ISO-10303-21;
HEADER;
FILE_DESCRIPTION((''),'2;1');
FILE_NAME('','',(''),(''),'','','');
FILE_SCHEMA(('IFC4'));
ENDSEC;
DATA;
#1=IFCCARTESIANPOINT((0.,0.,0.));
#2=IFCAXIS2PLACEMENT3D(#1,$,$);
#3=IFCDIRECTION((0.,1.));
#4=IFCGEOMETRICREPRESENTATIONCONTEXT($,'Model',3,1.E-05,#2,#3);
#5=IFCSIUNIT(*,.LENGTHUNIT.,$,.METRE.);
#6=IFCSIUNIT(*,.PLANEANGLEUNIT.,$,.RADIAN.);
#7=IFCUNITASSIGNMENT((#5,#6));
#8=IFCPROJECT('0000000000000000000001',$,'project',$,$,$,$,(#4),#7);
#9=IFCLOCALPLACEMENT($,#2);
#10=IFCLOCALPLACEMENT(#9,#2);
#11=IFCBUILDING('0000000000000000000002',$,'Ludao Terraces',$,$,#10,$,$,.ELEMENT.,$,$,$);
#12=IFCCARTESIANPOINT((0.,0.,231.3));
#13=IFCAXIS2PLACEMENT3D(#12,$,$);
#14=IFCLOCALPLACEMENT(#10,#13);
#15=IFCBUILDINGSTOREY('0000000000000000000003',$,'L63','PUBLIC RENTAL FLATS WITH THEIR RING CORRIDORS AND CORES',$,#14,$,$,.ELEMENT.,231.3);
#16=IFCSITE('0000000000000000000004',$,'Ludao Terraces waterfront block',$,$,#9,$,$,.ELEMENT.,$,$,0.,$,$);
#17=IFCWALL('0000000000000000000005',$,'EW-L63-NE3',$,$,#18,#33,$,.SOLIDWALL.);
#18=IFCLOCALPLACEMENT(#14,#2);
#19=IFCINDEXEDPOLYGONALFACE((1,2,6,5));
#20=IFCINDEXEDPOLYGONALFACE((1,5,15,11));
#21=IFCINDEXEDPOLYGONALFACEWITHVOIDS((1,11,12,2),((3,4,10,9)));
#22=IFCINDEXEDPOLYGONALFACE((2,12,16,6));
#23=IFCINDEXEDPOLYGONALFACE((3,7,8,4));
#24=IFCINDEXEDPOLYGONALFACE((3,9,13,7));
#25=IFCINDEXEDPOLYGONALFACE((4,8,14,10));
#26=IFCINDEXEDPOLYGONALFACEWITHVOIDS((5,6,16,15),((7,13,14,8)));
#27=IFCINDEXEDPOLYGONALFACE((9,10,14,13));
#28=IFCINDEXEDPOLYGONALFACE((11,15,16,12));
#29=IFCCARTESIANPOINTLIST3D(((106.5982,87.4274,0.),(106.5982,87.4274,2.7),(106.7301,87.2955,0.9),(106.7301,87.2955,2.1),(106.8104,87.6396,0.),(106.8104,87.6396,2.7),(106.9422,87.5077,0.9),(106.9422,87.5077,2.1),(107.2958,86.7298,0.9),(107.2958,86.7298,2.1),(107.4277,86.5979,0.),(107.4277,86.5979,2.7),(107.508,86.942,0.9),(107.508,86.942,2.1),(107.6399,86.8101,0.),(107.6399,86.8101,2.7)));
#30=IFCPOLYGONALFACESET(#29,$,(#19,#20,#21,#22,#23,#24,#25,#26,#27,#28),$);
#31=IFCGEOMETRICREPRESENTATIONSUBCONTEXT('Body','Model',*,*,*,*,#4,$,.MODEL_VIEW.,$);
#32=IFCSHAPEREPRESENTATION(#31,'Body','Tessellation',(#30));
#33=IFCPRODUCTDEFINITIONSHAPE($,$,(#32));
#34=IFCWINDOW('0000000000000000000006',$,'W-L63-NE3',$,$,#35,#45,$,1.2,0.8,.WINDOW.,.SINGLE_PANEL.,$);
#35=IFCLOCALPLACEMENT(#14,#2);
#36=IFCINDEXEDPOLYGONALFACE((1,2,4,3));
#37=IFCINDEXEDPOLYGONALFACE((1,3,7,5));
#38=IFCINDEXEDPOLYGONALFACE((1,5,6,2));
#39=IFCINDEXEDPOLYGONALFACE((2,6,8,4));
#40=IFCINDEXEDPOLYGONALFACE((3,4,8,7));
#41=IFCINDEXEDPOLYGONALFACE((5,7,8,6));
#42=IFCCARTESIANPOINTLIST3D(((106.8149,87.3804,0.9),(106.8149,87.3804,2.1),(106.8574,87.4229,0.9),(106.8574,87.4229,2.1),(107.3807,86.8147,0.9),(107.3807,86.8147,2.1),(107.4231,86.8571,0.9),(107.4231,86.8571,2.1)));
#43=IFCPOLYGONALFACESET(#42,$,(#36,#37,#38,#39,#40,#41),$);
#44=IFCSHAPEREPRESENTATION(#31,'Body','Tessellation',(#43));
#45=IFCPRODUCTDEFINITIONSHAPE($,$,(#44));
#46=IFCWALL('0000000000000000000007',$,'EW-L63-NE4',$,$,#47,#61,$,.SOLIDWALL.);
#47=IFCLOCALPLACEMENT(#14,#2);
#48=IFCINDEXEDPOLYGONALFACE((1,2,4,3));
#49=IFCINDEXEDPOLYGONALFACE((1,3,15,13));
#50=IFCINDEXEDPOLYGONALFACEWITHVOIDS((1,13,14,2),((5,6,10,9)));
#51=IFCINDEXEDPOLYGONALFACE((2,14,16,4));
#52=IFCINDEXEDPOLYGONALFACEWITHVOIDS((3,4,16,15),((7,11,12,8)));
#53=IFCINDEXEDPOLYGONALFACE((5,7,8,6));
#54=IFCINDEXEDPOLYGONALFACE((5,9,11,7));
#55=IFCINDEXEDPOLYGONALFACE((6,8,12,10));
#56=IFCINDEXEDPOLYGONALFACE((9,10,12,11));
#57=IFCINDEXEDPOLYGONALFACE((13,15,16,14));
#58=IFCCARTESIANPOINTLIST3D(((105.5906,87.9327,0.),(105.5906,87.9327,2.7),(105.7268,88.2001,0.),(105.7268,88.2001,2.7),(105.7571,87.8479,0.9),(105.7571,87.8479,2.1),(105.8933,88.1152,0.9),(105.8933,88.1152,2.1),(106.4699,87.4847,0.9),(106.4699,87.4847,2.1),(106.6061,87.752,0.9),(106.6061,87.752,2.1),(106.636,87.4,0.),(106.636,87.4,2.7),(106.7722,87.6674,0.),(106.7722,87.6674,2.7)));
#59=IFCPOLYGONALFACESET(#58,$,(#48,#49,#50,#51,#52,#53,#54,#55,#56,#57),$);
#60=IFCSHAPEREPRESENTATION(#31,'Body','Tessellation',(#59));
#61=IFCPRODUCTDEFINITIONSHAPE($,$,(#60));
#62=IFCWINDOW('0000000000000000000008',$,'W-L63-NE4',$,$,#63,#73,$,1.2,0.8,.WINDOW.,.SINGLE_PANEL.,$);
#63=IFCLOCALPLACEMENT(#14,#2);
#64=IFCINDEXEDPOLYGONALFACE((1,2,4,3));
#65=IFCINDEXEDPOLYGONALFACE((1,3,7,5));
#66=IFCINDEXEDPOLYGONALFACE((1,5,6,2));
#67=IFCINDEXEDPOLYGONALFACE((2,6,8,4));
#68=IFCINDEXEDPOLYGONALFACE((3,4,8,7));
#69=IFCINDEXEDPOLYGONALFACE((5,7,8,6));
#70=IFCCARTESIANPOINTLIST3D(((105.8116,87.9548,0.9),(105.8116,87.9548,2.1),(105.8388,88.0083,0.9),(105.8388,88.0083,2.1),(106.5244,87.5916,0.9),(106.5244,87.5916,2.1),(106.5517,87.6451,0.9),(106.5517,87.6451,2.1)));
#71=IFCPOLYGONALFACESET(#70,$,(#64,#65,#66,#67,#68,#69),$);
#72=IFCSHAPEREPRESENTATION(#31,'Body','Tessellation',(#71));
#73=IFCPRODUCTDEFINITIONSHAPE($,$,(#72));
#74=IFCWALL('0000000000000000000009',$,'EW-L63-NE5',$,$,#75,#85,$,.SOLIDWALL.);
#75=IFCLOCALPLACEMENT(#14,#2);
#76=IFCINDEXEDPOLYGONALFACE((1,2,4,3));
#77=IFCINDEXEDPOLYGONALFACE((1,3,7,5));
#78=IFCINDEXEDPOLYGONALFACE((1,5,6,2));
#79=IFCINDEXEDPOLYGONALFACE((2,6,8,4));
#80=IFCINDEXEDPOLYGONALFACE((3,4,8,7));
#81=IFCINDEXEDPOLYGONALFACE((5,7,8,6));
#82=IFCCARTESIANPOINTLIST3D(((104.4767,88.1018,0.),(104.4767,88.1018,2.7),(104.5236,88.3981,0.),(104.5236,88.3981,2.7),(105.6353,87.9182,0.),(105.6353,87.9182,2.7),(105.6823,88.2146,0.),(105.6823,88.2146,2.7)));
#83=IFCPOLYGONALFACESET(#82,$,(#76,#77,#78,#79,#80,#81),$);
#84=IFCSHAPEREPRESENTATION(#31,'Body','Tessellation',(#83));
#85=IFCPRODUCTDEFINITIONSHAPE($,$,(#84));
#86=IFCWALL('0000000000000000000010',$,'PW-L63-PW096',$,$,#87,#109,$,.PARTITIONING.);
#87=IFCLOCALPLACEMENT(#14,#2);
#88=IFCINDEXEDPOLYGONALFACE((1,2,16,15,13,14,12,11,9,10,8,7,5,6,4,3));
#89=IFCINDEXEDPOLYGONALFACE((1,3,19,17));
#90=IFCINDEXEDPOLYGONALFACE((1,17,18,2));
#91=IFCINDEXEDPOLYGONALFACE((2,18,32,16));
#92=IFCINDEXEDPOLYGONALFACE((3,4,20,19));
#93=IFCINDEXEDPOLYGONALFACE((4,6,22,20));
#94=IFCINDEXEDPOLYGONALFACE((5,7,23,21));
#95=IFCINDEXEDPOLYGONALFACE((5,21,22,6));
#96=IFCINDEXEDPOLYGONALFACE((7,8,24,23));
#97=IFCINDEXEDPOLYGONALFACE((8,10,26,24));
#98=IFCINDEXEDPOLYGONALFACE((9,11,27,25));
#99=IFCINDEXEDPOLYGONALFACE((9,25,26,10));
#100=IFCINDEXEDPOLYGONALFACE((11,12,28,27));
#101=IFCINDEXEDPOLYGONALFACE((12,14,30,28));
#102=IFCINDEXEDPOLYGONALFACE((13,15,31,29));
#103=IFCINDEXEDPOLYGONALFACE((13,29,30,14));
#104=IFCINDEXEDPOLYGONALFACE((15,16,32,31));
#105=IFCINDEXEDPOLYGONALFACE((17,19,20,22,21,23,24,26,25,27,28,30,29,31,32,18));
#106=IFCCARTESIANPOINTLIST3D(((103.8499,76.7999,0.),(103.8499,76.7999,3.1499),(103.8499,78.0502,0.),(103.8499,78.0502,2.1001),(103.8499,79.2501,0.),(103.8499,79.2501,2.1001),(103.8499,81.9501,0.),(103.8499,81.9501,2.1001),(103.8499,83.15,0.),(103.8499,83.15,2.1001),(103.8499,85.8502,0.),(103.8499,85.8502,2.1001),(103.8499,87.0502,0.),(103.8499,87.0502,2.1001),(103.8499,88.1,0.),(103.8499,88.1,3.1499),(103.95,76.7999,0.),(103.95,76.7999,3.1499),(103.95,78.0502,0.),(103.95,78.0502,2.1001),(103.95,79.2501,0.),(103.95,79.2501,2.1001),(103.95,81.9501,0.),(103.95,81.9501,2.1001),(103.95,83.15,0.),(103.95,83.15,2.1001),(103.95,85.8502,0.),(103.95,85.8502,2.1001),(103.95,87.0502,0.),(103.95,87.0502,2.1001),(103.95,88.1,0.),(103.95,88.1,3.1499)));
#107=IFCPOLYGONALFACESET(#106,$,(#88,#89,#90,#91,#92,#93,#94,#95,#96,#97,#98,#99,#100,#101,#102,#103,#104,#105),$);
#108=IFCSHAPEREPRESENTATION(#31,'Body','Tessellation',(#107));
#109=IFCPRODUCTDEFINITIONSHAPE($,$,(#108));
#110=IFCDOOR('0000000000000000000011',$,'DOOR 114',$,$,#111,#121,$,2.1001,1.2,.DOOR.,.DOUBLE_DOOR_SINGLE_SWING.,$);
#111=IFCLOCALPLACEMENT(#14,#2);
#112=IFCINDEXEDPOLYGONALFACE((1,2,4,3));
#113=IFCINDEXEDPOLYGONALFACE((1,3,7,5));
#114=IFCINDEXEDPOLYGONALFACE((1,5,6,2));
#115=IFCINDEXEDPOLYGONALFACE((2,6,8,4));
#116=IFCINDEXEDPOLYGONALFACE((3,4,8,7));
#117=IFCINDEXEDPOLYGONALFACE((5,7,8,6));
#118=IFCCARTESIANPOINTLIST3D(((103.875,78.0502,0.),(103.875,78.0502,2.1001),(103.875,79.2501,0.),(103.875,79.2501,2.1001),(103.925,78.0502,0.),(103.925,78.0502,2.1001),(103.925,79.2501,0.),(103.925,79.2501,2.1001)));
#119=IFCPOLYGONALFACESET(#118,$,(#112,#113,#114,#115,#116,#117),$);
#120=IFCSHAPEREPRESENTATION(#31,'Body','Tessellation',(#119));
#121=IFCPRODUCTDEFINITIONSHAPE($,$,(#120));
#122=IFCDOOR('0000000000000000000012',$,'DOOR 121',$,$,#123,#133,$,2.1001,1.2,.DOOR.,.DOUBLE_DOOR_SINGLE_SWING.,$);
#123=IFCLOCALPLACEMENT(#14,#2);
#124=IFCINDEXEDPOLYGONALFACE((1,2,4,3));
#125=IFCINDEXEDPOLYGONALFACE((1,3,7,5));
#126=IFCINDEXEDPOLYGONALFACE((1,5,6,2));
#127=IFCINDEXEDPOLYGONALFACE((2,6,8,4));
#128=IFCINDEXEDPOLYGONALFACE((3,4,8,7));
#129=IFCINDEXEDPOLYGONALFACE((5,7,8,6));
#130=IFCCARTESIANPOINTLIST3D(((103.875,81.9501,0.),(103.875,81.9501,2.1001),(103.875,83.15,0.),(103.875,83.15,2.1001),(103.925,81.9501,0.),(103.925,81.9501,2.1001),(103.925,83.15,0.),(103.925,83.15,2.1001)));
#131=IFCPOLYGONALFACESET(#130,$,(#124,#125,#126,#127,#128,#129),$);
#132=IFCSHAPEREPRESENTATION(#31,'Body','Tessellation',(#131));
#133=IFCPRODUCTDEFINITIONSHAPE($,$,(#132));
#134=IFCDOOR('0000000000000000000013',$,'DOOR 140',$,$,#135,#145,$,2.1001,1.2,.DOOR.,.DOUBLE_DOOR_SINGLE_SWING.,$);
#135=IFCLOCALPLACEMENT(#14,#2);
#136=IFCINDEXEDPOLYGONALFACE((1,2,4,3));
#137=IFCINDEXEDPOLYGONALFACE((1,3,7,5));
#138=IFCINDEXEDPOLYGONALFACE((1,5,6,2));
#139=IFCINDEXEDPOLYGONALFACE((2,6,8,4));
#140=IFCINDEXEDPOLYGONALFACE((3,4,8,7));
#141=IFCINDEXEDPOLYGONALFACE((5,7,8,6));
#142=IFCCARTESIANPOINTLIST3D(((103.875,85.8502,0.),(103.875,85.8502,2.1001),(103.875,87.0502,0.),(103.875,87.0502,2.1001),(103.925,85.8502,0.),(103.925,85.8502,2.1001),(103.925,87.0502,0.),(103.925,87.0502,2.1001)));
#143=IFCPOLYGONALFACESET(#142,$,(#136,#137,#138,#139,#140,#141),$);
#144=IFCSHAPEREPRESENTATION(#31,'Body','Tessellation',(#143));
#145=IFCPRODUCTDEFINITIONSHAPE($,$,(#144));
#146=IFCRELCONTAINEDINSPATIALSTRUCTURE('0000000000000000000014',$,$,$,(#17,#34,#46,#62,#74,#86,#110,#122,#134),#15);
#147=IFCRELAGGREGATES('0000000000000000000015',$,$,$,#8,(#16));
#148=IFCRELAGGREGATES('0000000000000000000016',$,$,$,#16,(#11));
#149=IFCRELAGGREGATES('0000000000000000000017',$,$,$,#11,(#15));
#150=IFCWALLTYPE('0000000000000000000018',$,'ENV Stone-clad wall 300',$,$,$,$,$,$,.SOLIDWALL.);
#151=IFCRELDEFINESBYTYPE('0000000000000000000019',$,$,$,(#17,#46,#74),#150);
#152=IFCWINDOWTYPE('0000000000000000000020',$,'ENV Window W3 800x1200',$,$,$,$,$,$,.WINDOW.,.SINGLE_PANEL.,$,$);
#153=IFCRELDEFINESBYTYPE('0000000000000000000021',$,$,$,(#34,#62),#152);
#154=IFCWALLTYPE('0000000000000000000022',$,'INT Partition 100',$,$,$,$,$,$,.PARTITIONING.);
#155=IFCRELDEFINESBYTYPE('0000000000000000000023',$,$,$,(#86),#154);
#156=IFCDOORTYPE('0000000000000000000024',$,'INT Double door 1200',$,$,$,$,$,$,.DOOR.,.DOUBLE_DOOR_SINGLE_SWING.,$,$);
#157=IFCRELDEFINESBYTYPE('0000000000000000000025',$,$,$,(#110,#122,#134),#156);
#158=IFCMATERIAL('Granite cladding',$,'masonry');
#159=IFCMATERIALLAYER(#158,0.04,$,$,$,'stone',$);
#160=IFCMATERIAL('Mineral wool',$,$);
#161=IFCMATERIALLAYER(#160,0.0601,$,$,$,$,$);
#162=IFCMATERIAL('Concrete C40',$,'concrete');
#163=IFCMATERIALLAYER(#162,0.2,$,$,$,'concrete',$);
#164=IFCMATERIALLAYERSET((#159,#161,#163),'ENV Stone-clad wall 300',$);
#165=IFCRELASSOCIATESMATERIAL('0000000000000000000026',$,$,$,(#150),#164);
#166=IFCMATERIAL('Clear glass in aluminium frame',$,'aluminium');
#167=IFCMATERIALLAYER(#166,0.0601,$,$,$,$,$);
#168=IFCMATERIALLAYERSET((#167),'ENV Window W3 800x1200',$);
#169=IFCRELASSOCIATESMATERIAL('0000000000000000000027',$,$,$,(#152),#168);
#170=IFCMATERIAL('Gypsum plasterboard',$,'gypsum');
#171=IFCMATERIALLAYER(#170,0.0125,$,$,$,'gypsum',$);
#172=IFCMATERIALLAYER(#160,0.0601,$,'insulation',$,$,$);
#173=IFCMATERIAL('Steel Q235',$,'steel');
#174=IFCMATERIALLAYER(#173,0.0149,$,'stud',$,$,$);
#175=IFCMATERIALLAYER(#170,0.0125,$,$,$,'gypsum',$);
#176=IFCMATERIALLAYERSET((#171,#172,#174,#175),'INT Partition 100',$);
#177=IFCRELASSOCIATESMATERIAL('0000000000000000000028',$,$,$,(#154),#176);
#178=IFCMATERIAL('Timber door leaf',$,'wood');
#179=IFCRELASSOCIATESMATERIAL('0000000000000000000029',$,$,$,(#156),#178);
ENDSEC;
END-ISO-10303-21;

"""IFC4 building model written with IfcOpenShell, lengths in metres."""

from ifc_helpers import new_model, si_unit, direction, frame, frame_2d, origin, place, context, subcontext, project, spatial, rectangle, extrude, material, layer, layer_set, type_object, element, fill, save


model = new_model("IFC4")

# Units and contexts
model_context = context("Model", 3, precision=1e-05, world=origin(), true_north=direction((0.0, 1.0)))
body_context = subcontext(model_context, "Body", "Model", "MODEL_VIEW")
ifc_project = project(units=[si_unit("LENGTHUNIT", "METRE"), si_unit("PLANEANGLEUNIT", "RADIAN")], contexts=[model_context])

# Site, building, storey
site_placement = place(None, origin())
site = spatial("IfcSite", under=ifc_project, at=site_placement, Name="Ludao Terraces waterfront block", CompositionType="ELEMENT", RefElevation=0.0)
building_placement = place(site_placement, origin())
building = spatial("IfcBuilding", under=site, at=building_placement, Name="Ludao Terraces", CompositionType="ELEMENT")
storey_placement = place(building_placement, frame((0.0, 0.0, 231.3)))
storey = spatial("IfcBuildingStorey", under=building, at=storey_placement, Name="L63", Description="PUBLIC RENTAL FLATS WITH THEIR RING CORRIDORS AND CORES", CompositionType="ELEMENT", Elevation=231.3)

# Shared definitions
ifc_material_1 = material(Name="Concrete C40", Category="concrete")

# Shared definitions
ifc_material_2 = material(Name="Granite cladding", Category="masonry")
ifc_layer_1 = layer(ifc_material_2, 0.04, Category="stone")
ifc_material_3 = material(Name="Mineral wool")
ifc_layer_2 = layer(ifc_material_3, 0.0601)
ifc_layer_3 = layer(ifc_material_1, 0.2, Category="concrete")
ifc_layer_set_1 = layer_set([ifc_layer_1, ifc_layer_2, ifc_layer_3], Name="ENV Stone-clad wall 300")
wall_type_1 = type_object("IfcWallType", Name="ENV Stone-clad wall 300", PredefinedType="SOLIDWALL", material=ifc_layer_set_1)
ifc_material_4 = material(Name="Clear glass in aluminium frame", Category="aluminium")

# Walls, openings, windows
ifc_layer_4 = layer(ifc_material_4, 0.0601)
ifc_layer_set_2 = layer_set([ifc_layer_4], Name="ENV Window W3 800x1200")
window_type_1 = type_object("IfcWindowType", Name="ENV Window W3 800x1200", PartitioningType="SINGLE_PANEL", PredefinedType="WINDOW", material=ifc_layer_set_2)
wall_1_placement = place(storey_placement, frame((107.5337, 86.7041, 0.0), z_axis=(0.0, 0.0, 1.0), x_axis=(-0.707107, 0.707107, 0.0)))
wall_1 = element("IfcWall", 1, at=wall_1_placement, inside=storey, type_object=wall_type_1, Name="EW-L63-NE3", PredefinedType="SOLIDWALL", context=body_context, shape_type="SweptSolid", body=[
    extrude(rectangle(XDim=1.1731, YDim=0.3, at=frame_2d((0.5864, 0.0))), origin(), (0.0, 0.0, 1.0), 2.7),
])
opening_1_placement = place(wall_1_placement, frame((0.1865, 0.0, 0.8999)))
opening_1 = element("IfcOpeningElement", 2, at=opening_1_placement, cuts=wall_1, PredefinedType="OPENING", context=body_context, shape_type="SweptSolid", body=[
    extrude(rectangle(XDim=0.8, YDim=1.2, at=frame_2d((0.3999, 0.6001))), frame((0.0, 0.1602, 0.0), z_axis=(0.0, -1.0, 0.0), x_axis=(1.0, 0.0, 0.0)), (0.0, 0.0, 1.0), 0.3201),
])
window_1_placement = place(opening_1_placement, origin())
window_1 = element("IfcWindow", 3, at=window_1_placement, inside=storey, type_object=window_type_1, Name="W-L63-NE3", OverallHeight=1.2, OverallWidth=0.8, PartitioningType="SINGLE_PANEL", PredefinedType="WINDOW", context=body_context, shape_type="SweptSolid", body=[
    extrude(rectangle(XDim=0.8, YDim=1.2, at=frame_2d((0.3999, 0.6001))), frame((0.0, 0.03, 0.0), z_axis=(0.0, -1.0, 0.0), x_axis=(1.0, 0.0, 0.0)), (0.0, 0.0, 1.0), 0.0601),
])
fill(opening_1, window_1)
wall_2_placement = place(storey_placement, frame((106.7041, 87.5337, 0.0), z_axis=(0.0, 0.0, 1.0), x_axis=(-0.890989, 0.454026, 0.0)))
wall_2 = element("IfcWall", 4, at=wall_2_placement, inside=storey, type_object=wall_type_1, Name="EW-L63-NE4", PredefinedType="SOLIDWALL", context=body_context, shape_type="SweptSolid", body=[
    extrude(rectangle(XDim=1.1733, YDim=0.3, at=frame_2d((0.5867, 0.0))), origin(), (0.0, 0.0, 1.0), 2.7),
])
opening_2_placement = place(wall_2_placement, frame((0.1865, 0.0, 0.8999)))
opening_2 = element("IfcOpeningElement", 5, at=opening_2_placement, cuts=wall_2, PredefinedType="OPENING", context=body_context, shape_type="SweptSolid", body=[
    extrude(rectangle(XDim=0.8, YDim=1.2, at=frame_2d((0.3999, 0.6001))), frame((0.0, 0.1602, 0.0), z_axis=(0.0, -1.0, 0.0), x_axis=(1.0, 0.0, 0.0)), (0.0, 0.0, 1.0), 0.3201),
])
window_2_placement = place(opening_2_placement, origin())
window_2 = element("IfcWindow", 6, at=window_2_placement, inside=storey, type_object=window_type_1, Name="W-L63-NE4", OverallHeight=1.2, OverallWidth=0.8, PartitioningType="SINGLE_PANEL", PredefinedType="WINDOW", context=body_context, shape_type="SweptSolid", body=[
    extrude(rectangle(XDim=0.8, YDim=1.2, at=frame_2d((0.3999, 0.6001))), frame((0.0, 0.03, 0.0), z_axis=(0.0, -1.0, 0.0), x_axis=(1.0, 0.0, 0.0)), (0.0, 0.0, 1.0), 0.0601),
])
fill(opening_2, window_2)

# Wall
wall_3_placement = place(storey_placement, frame((105.6587, 88.0664, 0.0), z_axis=(0.0, 0.0, 1.0), x_axis=(-0.987678, 0.156497, 0.0)))
element("IfcWall", 7, at=wall_3_placement, inside=storey, type_object=wall_type_1, Name="EW-L63-NE5", PredefinedType="SOLIDWALL", context=body_context, shape_type="SweptSolid", body=[
    extrude(rectangle(XDim=1.1731, YDim=0.3, at=frame_2d((0.5864, 0.0))), origin(), (0.0, 0.0, 1.0), 2.7),
])

# Wall, openings, doors
ifc_material_5 = material(Name="Gypsum plasterboard", Category="gypsum")
ifc_layer_5 = layer(ifc_material_5, 0.0125, Category="gypsum")
ifc_layer_6 = layer(ifc_material_3, 0.0601, Name="insulation")
ifc_material_6 = material(Name="Steel Q235", Category="steel")
ifc_layer_7 = layer(ifc_material_6, 0.0149, Name="stud")
ifc_layer_8 = layer(ifc_material_5, 0.0125, Category="gypsum")
ifc_layer_set_3 = layer_set([ifc_layer_5, ifc_layer_6, ifc_layer_7, ifc_layer_8], Name="INT Partition 100")
wall_type_2 = type_object("IfcWallType", Name="INT Partition 100", PredefinedType="PARTITIONING", material=ifc_layer_set_3)
wall_4_placement = place(storey_placement, frame((103.8999, 76.8, 0.0), z_axis=(0.0, 0.0, 1.0), x_axis=(0.0, 1.0, 0.0)))
wall_4 = element("IfcWall", 8, at=wall_4_placement, inside=storey, type_object=wall_type_2, Name="PW-L63-PW096", PredefinedType="PARTITIONING", context=body_context, shape_type="SweptSolid", body=[
    extrude(rectangle(XDim=11.3, YDim=0.1001, at=frame_2d((5.6499, 0.0))), origin(), (0.0, 0.0, 1.0), 3.1499),
])
opening_3_placement = place(wall_4_placement, frame((1.25, 0.0, 0.0)))
opening_3 = element("IfcOpeningElement", 9, at=opening_3_placement, cuts=wall_4, PredefinedType="OPENING", context=body_context, shape_type="SweptSolid", body=[
    extrude(rectangle(XDim=1.2, YDim=2.1001, at=frame_2d((0.6001, 1.05))), frame((0.0, 0.0601, 0.0), z_axis=(0.0, -1.0, 0.0), x_axis=(1.0, 0.0, 0.0)), (0.0, 0.0, 1.0), 0.1201),
])
opening_4_placement = place(wall_4_placement, frame((5.1499, 0.0, 0.0)))
opening_4 = element("IfcOpeningElement", 10, at=opening_4_placement, cuts=wall_4, PredefinedType="OPENING", context=body_context, shape_type="SweptSolid", body=[
    extrude(rectangle(XDim=1.2, YDim=2.1001, at=frame_2d((0.6001, 1.05))), frame((0.0, 0.0601, 0.0), z_axis=(0.0, -1.0, 0.0), x_axis=(1.0, 0.0, 0.0)), (0.0, 0.0, 1.0), 0.1201),
])
opening_5_placement = place(wall_4_placement, frame((9.05, 0.0, 0.0)))
opening_5 = element("IfcOpeningElement", 11, at=opening_5_placement, cuts=wall_4, PredefinedType="OPENING", context=body_context, shape_type="SweptSolid", body=[
    extrude(rectangle(XDim=1.2, YDim=2.1001, at=frame_2d((0.6001, 1.05))), frame((0.0, 0.0601, 0.0), z_axis=(0.0, -1.0, 0.0), x_axis=(1.0, 0.0, 0.0)), (0.0, 0.0, 1.0), 0.1201),
])
ifc_material_7 = material(Name="Timber door leaf", Category="wood")
door_type = type_object("IfcDoorType", Name="INT Double door 1200", OperationType="DOUBLE_DOOR_SINGLE_SWING", PredefinedType="DOOR", material=ifc_material_7)
door_1_placement = place(opening_3_placement, origin())
door_1 = element("IfcDoor", 12, at=door_1_placement, inside=storey, type_object=door_type, Name="DOOR 114", OperationType="DOUBLE_DOOR_SINGLE_SWING", OverallHeight=2.1001, OverallWidth=1.2, PredefinedType="DOOR", context=body_context, shape_type="SweptSolid", body=[
    extrude(rectangle(XDim=1.2, YDim=2.1001, at=frame_2d((0.6001, 1.05))), frame((0.0, 0.0249, 0.0), z_axis=(0.0, -1.0, 0.0), x_axis=(1.0, 0.0, 0.0)), (0.0, 0.0, 1.0), 0.05),
])
fill(opening_3, door_1)
door_2_placement = place(opening_4_placement, origin())
door_2 = element("IfcDoor", 13, at=door_2_placement, inside=storey, type_object=door_type, Name="DOOR 121", OperationType="DOUBLE_DOOR_SINGLE_SWING", OverallHeight=2.1001, OverallWidth=1.2, PredefinedType="DOOR", context=body_context, shape_type="SweptSolid", body=[
    extrude(rectangle(XDim=1.2, YDim=2.1001, at=frame_2d((0.6001, 1.05))), frame((0.0, 0.0249, 0.0), z_axis=(0.0, -1.0, 0.0), x_axis=(1.0, 0.0, 0.0)), (0.0, 0.0, 1.0), 0.05),
])
fill(opening_4, door_2)
door_3_placement = place(opening_5_placement, origin())
door_3 = element("IfcDoor", 14, at=door_3_placement, inside=storey, type_object=door_type, Name="DOOR 140", OperationType="DOUBLE_DOOR_SINGLE_SWING", OverallHeight=2.1001, OverallWidth=1.2, PredefinedType="DOOR", context=body_context, shape_type="SweptSolid", body=[
    extrude(rectangle(XDim=1.2, YDim=2.1001, at=frame_2d((0.6001, 1.05))), frame((0.0, 0.0249, 0.0), z_axis=(0.0, -1.0, 0.0), x_axis=(1.0, 0.0, 0.0)), (0.0, 0.0, 1.0), 0.05),
])
fill(opening_5, door_3)

save(model, "model.ifc")
